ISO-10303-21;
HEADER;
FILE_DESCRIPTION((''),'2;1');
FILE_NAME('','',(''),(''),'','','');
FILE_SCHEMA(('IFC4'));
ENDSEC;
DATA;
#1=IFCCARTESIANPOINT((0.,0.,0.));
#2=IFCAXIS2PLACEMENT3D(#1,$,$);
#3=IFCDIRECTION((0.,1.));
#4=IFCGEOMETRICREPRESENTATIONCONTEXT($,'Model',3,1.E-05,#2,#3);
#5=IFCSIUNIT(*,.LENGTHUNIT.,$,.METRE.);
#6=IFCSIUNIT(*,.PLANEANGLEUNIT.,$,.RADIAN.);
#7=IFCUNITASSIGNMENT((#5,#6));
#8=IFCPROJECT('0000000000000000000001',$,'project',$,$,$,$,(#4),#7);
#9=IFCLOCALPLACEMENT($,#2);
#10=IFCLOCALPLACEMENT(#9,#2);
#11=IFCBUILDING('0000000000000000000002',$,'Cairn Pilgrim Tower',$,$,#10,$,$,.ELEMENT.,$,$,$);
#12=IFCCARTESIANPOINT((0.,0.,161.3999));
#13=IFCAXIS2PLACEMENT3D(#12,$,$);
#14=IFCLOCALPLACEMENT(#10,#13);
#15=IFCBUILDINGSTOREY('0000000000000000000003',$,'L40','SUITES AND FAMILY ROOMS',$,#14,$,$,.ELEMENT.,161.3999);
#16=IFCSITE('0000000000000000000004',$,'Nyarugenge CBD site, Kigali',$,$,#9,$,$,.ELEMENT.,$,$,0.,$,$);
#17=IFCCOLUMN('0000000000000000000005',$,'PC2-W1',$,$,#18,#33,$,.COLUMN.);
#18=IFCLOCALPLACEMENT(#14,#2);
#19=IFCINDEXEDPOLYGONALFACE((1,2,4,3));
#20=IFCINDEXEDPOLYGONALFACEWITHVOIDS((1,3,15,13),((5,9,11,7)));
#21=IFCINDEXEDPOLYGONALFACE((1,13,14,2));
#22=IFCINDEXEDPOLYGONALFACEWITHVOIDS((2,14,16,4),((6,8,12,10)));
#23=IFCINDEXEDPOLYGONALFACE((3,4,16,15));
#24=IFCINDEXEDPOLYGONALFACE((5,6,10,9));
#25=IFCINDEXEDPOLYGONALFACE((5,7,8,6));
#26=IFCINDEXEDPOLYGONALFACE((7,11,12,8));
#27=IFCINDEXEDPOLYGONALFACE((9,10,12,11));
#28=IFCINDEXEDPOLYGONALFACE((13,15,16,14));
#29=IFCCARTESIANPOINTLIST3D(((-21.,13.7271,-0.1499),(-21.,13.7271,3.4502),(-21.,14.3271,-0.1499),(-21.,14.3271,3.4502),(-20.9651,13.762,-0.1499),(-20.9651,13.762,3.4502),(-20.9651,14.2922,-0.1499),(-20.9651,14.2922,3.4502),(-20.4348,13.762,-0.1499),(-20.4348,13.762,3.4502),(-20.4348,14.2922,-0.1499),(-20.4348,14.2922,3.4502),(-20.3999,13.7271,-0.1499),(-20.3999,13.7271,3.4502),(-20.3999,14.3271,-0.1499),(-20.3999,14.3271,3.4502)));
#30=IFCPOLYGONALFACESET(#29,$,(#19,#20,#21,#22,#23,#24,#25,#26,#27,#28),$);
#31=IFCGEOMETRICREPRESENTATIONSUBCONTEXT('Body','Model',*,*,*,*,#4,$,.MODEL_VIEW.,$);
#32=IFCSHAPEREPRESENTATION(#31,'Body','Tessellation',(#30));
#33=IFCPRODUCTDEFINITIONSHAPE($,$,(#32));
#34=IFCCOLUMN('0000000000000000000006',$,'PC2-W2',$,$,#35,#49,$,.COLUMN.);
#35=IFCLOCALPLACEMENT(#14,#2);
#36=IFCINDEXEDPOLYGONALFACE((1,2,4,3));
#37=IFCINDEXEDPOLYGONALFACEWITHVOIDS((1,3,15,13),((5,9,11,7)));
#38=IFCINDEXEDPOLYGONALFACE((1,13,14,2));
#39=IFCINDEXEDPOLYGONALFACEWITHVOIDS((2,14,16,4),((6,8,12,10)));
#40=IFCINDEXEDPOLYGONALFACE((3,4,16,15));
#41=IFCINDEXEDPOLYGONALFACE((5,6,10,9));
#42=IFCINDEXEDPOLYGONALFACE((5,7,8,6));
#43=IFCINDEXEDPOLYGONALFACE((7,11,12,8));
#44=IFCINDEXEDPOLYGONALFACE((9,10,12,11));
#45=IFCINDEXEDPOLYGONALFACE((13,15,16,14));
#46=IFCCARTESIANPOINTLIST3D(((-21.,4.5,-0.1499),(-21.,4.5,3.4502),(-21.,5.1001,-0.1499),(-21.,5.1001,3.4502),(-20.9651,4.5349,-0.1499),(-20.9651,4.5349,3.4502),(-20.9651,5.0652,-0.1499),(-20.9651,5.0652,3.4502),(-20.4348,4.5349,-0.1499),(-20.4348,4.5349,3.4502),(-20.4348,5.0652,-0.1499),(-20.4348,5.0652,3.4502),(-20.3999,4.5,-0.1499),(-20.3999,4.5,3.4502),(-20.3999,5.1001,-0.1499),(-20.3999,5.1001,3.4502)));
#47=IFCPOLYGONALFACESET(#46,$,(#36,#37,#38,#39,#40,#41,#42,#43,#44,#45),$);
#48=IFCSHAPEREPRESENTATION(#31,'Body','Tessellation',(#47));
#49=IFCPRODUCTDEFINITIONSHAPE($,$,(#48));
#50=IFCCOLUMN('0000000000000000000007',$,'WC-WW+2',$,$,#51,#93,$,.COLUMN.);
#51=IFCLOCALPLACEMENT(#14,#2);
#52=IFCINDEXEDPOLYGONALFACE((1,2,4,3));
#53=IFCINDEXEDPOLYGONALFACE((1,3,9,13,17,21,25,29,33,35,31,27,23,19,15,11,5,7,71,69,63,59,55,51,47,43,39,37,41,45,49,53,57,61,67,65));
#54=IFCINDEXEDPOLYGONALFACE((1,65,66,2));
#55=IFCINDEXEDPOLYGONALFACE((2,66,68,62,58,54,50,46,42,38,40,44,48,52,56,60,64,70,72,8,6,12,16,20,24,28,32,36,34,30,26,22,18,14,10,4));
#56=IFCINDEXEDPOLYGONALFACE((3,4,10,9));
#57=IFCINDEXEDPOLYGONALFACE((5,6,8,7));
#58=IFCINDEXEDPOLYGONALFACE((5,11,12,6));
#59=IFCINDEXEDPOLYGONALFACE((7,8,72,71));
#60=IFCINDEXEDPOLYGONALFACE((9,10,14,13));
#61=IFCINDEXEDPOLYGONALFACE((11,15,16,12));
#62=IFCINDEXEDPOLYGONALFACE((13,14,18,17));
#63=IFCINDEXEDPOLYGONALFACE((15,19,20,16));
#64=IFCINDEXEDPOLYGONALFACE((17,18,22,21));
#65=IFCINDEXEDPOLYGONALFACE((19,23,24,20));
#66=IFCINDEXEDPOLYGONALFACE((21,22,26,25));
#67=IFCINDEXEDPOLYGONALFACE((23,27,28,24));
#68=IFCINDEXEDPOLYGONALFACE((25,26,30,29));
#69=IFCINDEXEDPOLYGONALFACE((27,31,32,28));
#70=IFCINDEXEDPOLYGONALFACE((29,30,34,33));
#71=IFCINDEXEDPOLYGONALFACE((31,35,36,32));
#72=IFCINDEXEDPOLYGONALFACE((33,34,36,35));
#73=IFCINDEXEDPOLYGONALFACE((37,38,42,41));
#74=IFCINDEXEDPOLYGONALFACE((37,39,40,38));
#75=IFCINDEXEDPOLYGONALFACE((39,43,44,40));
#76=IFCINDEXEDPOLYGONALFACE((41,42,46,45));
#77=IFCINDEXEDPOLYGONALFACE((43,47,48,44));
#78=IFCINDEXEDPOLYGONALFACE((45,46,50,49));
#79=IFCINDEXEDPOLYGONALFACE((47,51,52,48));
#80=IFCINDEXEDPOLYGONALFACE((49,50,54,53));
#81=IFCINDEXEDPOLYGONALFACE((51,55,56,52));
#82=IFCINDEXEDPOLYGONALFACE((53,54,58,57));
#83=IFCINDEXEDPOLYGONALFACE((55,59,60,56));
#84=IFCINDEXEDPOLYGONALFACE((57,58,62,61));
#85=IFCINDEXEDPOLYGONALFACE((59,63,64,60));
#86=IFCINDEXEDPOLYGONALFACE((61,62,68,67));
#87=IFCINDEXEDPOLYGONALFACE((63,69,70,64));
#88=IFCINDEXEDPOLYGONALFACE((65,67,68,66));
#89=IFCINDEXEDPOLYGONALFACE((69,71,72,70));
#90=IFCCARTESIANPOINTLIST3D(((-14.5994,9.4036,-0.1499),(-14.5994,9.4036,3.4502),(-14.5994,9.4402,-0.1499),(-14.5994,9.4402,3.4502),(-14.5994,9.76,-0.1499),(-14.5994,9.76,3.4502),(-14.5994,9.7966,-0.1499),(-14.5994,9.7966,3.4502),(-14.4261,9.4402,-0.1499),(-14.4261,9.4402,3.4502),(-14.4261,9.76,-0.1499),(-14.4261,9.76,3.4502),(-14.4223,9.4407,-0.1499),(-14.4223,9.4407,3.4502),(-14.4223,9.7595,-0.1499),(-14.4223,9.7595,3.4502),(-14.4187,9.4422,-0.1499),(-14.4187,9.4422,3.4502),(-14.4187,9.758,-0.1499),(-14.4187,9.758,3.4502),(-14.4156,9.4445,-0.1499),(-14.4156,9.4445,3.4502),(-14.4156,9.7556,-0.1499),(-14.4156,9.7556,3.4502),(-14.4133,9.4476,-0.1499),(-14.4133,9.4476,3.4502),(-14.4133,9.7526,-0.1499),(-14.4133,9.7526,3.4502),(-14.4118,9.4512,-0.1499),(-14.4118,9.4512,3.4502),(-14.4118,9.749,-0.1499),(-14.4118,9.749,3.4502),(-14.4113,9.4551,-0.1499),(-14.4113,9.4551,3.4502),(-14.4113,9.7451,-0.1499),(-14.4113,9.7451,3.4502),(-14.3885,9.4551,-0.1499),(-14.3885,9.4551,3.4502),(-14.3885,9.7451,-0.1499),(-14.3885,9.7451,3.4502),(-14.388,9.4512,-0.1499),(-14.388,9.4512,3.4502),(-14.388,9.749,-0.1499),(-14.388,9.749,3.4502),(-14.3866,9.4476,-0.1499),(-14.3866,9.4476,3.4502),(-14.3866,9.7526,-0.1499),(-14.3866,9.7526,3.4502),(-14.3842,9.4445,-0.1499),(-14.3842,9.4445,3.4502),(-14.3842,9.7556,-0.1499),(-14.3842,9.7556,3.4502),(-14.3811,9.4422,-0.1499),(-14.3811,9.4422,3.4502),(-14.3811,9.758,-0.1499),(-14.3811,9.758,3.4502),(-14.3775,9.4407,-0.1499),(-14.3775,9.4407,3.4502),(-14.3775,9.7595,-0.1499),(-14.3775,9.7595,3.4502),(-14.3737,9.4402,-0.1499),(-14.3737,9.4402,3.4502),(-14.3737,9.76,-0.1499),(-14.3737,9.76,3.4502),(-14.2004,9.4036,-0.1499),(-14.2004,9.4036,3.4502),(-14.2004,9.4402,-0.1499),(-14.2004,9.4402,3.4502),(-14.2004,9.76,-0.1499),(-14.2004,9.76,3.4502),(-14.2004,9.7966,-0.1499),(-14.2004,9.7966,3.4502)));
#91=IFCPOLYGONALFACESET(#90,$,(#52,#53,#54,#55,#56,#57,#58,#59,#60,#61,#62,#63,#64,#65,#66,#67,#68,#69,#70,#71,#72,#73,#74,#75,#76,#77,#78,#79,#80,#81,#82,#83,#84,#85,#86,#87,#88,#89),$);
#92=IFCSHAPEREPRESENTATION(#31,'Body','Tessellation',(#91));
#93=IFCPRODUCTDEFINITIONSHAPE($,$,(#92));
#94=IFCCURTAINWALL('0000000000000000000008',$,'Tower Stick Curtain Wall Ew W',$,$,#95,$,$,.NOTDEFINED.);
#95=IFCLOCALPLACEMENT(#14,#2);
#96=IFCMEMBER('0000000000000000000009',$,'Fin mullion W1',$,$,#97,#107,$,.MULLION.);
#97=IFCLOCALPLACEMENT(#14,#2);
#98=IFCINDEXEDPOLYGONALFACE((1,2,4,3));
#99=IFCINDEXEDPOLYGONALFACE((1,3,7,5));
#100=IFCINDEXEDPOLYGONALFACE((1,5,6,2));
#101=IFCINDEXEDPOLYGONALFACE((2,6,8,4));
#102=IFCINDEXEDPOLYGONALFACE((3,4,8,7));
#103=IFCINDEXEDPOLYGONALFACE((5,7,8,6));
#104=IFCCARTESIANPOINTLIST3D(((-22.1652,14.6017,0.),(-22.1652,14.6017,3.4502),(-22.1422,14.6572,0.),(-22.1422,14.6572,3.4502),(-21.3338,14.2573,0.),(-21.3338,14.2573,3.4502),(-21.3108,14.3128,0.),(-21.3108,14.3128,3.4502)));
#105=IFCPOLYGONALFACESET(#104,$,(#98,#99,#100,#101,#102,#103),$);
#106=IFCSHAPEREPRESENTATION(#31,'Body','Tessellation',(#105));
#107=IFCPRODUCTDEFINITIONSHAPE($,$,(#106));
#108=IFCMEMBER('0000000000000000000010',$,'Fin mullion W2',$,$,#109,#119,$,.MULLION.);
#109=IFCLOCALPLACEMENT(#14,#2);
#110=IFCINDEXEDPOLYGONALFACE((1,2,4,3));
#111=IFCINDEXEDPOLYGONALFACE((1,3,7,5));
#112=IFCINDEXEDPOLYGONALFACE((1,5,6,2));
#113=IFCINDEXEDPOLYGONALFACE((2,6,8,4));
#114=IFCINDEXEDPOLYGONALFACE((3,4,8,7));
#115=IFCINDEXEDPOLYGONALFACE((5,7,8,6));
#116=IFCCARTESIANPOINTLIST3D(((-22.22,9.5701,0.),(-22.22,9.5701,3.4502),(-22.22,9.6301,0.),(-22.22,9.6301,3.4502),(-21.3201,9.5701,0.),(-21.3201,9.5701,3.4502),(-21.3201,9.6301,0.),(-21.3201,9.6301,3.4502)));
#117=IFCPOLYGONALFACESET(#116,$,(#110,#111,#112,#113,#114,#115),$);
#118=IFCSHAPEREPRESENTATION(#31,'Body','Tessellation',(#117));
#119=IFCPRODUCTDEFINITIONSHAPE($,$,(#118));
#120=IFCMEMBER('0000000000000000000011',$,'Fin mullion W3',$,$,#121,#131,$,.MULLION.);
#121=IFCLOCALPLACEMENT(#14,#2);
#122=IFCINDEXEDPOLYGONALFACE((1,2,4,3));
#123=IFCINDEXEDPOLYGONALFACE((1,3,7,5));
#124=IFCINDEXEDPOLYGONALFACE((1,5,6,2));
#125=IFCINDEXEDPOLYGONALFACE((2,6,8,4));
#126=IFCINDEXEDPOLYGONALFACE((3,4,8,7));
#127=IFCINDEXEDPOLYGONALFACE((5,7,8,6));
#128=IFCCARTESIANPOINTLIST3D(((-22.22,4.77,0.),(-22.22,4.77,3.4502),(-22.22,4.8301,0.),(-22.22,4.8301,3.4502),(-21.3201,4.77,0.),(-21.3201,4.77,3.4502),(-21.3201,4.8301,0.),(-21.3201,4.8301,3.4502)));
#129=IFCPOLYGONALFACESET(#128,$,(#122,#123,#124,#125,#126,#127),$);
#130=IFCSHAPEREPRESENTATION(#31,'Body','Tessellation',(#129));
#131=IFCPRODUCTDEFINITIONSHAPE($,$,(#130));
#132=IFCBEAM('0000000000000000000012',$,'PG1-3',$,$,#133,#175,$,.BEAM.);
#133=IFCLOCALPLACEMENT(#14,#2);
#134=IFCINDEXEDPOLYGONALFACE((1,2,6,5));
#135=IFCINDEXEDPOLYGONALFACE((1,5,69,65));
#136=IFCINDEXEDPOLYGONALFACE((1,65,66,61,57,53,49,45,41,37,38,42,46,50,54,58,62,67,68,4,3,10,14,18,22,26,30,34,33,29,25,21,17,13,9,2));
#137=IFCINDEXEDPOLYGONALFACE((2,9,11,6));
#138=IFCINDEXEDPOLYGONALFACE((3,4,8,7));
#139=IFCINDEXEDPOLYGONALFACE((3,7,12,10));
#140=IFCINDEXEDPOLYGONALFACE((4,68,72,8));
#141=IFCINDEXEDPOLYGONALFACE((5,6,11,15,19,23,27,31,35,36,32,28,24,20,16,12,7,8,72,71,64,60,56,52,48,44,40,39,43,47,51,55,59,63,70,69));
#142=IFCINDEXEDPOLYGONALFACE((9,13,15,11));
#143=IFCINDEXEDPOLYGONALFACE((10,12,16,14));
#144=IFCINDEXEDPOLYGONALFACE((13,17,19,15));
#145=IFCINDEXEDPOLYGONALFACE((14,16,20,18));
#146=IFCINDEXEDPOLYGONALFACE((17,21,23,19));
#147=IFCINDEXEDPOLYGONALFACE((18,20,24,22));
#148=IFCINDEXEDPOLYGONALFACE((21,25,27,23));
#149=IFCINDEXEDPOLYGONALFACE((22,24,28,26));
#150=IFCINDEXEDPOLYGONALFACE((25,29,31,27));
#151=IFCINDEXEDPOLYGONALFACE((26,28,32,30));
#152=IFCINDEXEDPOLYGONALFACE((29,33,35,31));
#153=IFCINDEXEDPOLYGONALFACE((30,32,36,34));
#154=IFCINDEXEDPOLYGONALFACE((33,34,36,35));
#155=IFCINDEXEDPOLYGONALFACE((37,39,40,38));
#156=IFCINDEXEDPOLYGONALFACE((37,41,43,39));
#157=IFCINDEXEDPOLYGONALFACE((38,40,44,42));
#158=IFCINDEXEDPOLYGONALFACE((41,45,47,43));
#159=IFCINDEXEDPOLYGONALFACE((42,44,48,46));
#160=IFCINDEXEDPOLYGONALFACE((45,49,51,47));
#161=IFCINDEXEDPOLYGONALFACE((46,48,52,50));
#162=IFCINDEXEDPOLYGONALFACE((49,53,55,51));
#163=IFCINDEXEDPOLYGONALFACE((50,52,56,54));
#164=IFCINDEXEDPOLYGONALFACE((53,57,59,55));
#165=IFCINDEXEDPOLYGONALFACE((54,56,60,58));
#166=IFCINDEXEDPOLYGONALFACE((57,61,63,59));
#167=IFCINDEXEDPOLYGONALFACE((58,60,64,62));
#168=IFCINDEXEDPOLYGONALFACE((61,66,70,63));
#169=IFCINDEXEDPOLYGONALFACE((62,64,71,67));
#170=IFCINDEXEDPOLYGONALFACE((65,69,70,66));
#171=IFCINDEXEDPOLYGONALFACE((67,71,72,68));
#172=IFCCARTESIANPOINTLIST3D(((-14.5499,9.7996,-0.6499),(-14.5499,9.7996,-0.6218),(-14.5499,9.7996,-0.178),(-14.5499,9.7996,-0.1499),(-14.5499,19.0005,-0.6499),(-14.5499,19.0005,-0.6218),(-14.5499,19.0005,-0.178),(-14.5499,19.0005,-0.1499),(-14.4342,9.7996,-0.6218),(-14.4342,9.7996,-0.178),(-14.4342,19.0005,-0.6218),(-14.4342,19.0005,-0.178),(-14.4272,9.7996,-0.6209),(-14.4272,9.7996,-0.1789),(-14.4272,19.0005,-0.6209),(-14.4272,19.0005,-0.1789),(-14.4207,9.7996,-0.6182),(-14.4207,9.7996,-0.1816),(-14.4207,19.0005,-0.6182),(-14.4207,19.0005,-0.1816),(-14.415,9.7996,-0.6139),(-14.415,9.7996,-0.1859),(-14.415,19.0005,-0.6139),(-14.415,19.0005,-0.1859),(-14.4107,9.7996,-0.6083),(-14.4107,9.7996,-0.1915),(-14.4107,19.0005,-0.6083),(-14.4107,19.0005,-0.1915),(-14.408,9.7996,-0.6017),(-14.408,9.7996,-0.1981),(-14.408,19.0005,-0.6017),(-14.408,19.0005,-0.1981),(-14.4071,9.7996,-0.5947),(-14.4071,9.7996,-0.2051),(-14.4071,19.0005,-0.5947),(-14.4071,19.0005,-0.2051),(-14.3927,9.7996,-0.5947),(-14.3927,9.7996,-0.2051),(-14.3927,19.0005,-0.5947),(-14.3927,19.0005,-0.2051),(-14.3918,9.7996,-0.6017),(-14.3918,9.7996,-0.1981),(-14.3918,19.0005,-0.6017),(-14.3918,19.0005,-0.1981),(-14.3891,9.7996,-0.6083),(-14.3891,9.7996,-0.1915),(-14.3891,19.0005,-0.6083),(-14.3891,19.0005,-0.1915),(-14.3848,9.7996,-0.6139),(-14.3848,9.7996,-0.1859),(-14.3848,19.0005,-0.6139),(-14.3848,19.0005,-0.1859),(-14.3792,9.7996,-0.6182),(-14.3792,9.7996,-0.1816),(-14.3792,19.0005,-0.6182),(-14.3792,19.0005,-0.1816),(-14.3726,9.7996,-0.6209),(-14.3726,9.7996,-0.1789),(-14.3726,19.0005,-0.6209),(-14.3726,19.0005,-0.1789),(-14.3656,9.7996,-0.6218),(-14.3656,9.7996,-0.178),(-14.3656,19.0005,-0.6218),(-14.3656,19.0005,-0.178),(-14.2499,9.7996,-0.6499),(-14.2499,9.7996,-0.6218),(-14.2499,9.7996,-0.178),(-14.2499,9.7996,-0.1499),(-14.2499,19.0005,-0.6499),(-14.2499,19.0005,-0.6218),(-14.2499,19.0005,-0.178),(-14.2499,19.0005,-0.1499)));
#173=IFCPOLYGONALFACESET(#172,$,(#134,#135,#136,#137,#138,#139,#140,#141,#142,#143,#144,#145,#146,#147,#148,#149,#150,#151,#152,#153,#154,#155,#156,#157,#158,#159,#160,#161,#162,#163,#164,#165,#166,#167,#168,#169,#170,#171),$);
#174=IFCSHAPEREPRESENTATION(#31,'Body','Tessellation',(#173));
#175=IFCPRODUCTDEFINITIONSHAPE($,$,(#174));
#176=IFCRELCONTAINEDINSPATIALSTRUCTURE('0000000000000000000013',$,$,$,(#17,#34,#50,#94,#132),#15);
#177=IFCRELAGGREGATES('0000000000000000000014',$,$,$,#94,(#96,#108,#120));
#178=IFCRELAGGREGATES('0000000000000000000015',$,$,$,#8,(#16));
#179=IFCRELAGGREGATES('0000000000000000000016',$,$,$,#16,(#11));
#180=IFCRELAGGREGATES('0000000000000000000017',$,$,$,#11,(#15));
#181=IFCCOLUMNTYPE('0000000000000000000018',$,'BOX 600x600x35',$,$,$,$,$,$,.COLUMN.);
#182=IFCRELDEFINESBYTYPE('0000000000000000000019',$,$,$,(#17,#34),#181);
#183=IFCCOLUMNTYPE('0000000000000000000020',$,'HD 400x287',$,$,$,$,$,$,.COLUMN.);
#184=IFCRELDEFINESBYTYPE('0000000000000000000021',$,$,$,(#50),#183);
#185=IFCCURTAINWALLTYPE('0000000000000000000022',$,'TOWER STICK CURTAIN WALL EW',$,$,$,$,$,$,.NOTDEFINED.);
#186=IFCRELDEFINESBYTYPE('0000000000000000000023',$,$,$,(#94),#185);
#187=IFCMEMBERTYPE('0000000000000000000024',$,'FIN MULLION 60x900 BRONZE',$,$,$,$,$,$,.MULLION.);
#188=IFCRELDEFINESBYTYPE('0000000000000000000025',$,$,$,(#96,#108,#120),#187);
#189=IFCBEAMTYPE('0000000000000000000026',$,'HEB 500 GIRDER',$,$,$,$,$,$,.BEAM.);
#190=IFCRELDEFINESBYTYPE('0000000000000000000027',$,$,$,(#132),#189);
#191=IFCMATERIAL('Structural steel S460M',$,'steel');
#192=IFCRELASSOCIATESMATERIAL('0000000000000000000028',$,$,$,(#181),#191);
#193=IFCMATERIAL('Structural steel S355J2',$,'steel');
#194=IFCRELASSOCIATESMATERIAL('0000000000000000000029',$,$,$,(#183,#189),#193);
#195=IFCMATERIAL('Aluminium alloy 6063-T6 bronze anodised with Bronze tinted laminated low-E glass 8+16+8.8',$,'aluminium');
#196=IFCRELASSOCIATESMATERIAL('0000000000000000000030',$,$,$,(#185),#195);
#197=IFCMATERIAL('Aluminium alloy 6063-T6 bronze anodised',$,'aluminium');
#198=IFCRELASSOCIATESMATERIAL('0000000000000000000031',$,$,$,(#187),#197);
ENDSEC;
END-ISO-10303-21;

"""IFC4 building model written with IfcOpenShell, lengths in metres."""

from ifc_helpers import new_model, si_unit, direction, frame, origin, origin_2d, place, context, subcontext, project, spatial, rectangle, hollow_rectangle, i_section, extrude, material, material_profile, profile_set, type_object, element, aggregate, save


model = new_model("IFC4")

# Units and contexts
model_context = context("Model", 3, precision=1e-05, world=origin(), true_north=direction((0.0, 1.0)))
body_context = subcontext(model_context, "Body", "Model", "MODEL_VIEW")
ifc_project = project(units=[si_unit("LENGTHUNIT", "METRE"), si_unit("PLANEANGLEUNIT", "RADIAN")], contexts=[model_context])

# Site, building, storey
site_placement = place(None, origin())
site = spatial("IfcSite", under=ifc_project, at=site_placement, Name="Nyarugenge CBD site, Kigali", CompositionType="ELEMENT", RefElevation=0.0)
building_placement = place(site_placement, origin())
building = spatial("IfcBuilding", under=site, at=building_placement, Name="Cairn Pilgrim Tower", CompositionType="ELEMENT")
storey_placement = place(building_placement, frame((0.0, 0.0, 161.3999)))
storey = spatial("IfcBuildingStorey", under=building, at=storey_placement, Name="L40", Description="SUITES AND FAMILY ROOMS", CompositionType="ELEMENT", Elevation=161.3999)

# Columns
ifc_material_1 = material(Name="Structural steel S460M", Category="steel")
ifc_material_profile_1 = material_profile(ifc_material_1, hollow_rectangle(XDim=0.6001, YDim=0.6001, WallThickness=0.0349, at=origin_2d()), Name="BOX 600x600x35")
ifc_profile_set_1 = profile_set([ifc_material_profile_1], Name="Structural steel S460M")
column_type_1 = type_object("IfcColumnType", Name="BOX 600x600x35", PredefinedType="COLUMN", material=ifc_profile_set_1)
for number, where, z_axis, x_axis, name in (
    (1, (-20.7, 14.0271, -0.1499), (0.0, 0.0, 1.0), (1.0, 0.0, 0.0), "PC2-W1"),
    (2, (-20.7, 4.8, -0.1499), (0.0, 0.0, 1.0), (1.0, 0.0, 0.0), "PC2-W2"),
):
    element("IfcColumn", number, at=place(storey_placement, frame(where, z_axis=z_axis, x_axis=x_axis)), inside=storey, type_object=column_type_1, Name=name, PredefinedType="COLUMN", context=body_context, shape_type="SweptSolid", body=[
        extrude(hollow_rectangle(XDim=0.6001, YDim=0.6001, WallThickness=0.0349, at=origin_2d()), origin(), (0.0, 0.0, 1.0), 3.6001),
    ])
ifc_material_2 = material(Name="Structural steel S355J2", Category="steel")
ifc_material_profile_2 = material_profile(ifc_material_2, i_section(OverallWidth=0.3989, OverallDepth=0.3931, WebThickness=0.0227, FlangeThickness=0.0366, FilletRadius=0.0149, at=origin_2d()), Name="HD 400x287")
ifc_profile_set_2 = profile_set([ifc_material_profile_2], Name="Structural steel S355J2")
column_type_2 = type_object("IfcColumnType", Name="HD 400x287", PredefinedType="COLUMN", material=ifc_profile_set_2)
column_placement = place(storey_placement, frame((-14.3999, 9.6001, -0.1499), z_axis=(0.0, 0.0, 1.0), x_axis=(1.0, 0.0, 0.0)))
element("IfcColumn", 3, at=column_placement, inside=storey, type_object=column_type_2, Name="WC-WW+2", PredefinedType="COLUMN", context=body_context, shape_type="SweptSolid", body=[
    extrude(i_section(OverallWidth=0.3989, OverallDepth=0.3931, WebThickness=0.0227, FlangeThickness=0.0366, FilletRadius=0.0149, at=origin_2d()), origin(), (0.0, 0.0, 1.0), 3.6001),
])

# Curtain wall, members
ifc_material_3 = material(Name="Aluminium alloy 6063-T6 bronze anodised with Bronze tinted laminated low-E glass 8+16+8.8", Category="aluminium")
curtain_wall_type = type_object("IfcCurtainWallType", Name="TOWER STICK CURTAIN WALL EW", PredefinedType="NOTDEFINED", material=ifc_material_3)
curtain_wall_placement = place(storey_placement, origin())
curtain_wall = element("IfcCurtainWall", 4, at=curtain_wall_placement, inside=storey, type_object=curtain_wall_type, Name="Tower Stick Curtain Wall Ew W", PredefinedType="NOTDEFINED")
ifc_material_4 = material(Name="Aluminium alloy 6063-T6 bronze anodised", Category="aluminium")
ifc_material_profile_3 = material_profile(ifc_material_4, rectangle(XDim=0.8999, YDim=0.0601, at=origin_2d()), Name="FIN MULLION 60x900 BRONZE")
ifc_profile_set_3 = profile_set([ifc_material_profile_3], Name="Aluminium alloy 6063-T6 bronze anodised")
member_type_1 = type_object("IfcMemberType", Name="FIN MULLION 60x900 BRONZE", PredefinedType="MULLION", material=ifc_profile_set_3)
member_1_placement = place(storey_placement, frame((-21.738, 14.4573, 0.0), z_axis=(0.0, 0.0, 1.0), x_axis=(-0.92388, 0.382683, 0.0)))
member_1 = element("IfcMember", 5, at=member_1_placement, type_object=member_type_1, Name="Fin mullion W1", PredefinedType="MULLION", context=body_context, shape_type="SweptSolid", body=[
    extrude(rectangle(XDim=0.8999, YDim=0.0601, at=origin_2d()), origin(), (0.0, 0.0, 1.0), 3.4502),
])
member_2_placement = place(storey_placement, frame((-21.77, 9.6001, 0.0), z_axis=(0.0, 0.0, 1.0), x_axis=(-1.0, 0.0, 0.0)))
member_2 = element("IfcMember", 6, at=member_2_placement, type_object=member_type_1, Name="Fin mullion W2", PredefinedType="MULLION", context=body_context, shape_type="SweptSolid", body=[
    extrude(rectangle(XDim=0.8999, YDim=0.0601, at=origin_2d()), origin(), (0.0, 0.0, 1.0), 3.4502),
])
member_3_placement = place(storey_placement, frame((-21.77, 4.8, 0.0), z_axis=(0.0, 0.0, 1.0), x_axis=(-1.0, 0.0, 0.0)))
member_3 = element("IfcMember", 7, at=member_3_placement, type_object=member_type_1, Name="Fin mullion W3", PredefinedType="MULLION", context=body_context, shape_type="SweptSolid", body=[
    extrude(rectangle(XDim=0.8999, YDim=0.0601, at=origin_2d()), origin(), (0.0, 0.0, 1.0), 3.4502),
])

# Beam
ifc_material_profile_4 = material_profile(ifc_material_2, i_section(OverallWidth=0.3, OverallDepth=0.5, WebThickness=0.0144, FlangeThickness=0.0281, FilletRadius=0.0271, at=origin_2d()), Name="HEB 500")
ifc_profile_set_4 = profile_set([ifc_material_profile_4], Name="Structural steel S355J2")
beam_type_1 = type_object("IfcBeamType", Name="HEB 500 GIRDER", PredefinedType="BEAM", material=ifc_profile_set_4)
beam_1_placement = place(storey_placement, frame((-14.3999, 9.7996, -0.3999), z_axis=(0.0, 1.0, 0.0), x_axis=(-1.0, 0.0, 0.0)))
element("IfcBeam", 8, at=beam_1_placement, inside=storey, type_object=beam_type_1, Name="PG1-3", PredefinedType="BEAM", context=body_context, shape_type="SweptSolid", body=[
    extrude(i_section(OverallWidth=0.3, OverallDepth=0.5, WebThickness=0.0144, FlangeThickness=0.0281, FilletRadius=0.0271, at=origin_2d()), origin(), (0.0, 0.0, 1.0), 9.2009),
])

aggregate(curtain_wall, [member_1, member_2, member_3])

save(model, "model.ifc")
